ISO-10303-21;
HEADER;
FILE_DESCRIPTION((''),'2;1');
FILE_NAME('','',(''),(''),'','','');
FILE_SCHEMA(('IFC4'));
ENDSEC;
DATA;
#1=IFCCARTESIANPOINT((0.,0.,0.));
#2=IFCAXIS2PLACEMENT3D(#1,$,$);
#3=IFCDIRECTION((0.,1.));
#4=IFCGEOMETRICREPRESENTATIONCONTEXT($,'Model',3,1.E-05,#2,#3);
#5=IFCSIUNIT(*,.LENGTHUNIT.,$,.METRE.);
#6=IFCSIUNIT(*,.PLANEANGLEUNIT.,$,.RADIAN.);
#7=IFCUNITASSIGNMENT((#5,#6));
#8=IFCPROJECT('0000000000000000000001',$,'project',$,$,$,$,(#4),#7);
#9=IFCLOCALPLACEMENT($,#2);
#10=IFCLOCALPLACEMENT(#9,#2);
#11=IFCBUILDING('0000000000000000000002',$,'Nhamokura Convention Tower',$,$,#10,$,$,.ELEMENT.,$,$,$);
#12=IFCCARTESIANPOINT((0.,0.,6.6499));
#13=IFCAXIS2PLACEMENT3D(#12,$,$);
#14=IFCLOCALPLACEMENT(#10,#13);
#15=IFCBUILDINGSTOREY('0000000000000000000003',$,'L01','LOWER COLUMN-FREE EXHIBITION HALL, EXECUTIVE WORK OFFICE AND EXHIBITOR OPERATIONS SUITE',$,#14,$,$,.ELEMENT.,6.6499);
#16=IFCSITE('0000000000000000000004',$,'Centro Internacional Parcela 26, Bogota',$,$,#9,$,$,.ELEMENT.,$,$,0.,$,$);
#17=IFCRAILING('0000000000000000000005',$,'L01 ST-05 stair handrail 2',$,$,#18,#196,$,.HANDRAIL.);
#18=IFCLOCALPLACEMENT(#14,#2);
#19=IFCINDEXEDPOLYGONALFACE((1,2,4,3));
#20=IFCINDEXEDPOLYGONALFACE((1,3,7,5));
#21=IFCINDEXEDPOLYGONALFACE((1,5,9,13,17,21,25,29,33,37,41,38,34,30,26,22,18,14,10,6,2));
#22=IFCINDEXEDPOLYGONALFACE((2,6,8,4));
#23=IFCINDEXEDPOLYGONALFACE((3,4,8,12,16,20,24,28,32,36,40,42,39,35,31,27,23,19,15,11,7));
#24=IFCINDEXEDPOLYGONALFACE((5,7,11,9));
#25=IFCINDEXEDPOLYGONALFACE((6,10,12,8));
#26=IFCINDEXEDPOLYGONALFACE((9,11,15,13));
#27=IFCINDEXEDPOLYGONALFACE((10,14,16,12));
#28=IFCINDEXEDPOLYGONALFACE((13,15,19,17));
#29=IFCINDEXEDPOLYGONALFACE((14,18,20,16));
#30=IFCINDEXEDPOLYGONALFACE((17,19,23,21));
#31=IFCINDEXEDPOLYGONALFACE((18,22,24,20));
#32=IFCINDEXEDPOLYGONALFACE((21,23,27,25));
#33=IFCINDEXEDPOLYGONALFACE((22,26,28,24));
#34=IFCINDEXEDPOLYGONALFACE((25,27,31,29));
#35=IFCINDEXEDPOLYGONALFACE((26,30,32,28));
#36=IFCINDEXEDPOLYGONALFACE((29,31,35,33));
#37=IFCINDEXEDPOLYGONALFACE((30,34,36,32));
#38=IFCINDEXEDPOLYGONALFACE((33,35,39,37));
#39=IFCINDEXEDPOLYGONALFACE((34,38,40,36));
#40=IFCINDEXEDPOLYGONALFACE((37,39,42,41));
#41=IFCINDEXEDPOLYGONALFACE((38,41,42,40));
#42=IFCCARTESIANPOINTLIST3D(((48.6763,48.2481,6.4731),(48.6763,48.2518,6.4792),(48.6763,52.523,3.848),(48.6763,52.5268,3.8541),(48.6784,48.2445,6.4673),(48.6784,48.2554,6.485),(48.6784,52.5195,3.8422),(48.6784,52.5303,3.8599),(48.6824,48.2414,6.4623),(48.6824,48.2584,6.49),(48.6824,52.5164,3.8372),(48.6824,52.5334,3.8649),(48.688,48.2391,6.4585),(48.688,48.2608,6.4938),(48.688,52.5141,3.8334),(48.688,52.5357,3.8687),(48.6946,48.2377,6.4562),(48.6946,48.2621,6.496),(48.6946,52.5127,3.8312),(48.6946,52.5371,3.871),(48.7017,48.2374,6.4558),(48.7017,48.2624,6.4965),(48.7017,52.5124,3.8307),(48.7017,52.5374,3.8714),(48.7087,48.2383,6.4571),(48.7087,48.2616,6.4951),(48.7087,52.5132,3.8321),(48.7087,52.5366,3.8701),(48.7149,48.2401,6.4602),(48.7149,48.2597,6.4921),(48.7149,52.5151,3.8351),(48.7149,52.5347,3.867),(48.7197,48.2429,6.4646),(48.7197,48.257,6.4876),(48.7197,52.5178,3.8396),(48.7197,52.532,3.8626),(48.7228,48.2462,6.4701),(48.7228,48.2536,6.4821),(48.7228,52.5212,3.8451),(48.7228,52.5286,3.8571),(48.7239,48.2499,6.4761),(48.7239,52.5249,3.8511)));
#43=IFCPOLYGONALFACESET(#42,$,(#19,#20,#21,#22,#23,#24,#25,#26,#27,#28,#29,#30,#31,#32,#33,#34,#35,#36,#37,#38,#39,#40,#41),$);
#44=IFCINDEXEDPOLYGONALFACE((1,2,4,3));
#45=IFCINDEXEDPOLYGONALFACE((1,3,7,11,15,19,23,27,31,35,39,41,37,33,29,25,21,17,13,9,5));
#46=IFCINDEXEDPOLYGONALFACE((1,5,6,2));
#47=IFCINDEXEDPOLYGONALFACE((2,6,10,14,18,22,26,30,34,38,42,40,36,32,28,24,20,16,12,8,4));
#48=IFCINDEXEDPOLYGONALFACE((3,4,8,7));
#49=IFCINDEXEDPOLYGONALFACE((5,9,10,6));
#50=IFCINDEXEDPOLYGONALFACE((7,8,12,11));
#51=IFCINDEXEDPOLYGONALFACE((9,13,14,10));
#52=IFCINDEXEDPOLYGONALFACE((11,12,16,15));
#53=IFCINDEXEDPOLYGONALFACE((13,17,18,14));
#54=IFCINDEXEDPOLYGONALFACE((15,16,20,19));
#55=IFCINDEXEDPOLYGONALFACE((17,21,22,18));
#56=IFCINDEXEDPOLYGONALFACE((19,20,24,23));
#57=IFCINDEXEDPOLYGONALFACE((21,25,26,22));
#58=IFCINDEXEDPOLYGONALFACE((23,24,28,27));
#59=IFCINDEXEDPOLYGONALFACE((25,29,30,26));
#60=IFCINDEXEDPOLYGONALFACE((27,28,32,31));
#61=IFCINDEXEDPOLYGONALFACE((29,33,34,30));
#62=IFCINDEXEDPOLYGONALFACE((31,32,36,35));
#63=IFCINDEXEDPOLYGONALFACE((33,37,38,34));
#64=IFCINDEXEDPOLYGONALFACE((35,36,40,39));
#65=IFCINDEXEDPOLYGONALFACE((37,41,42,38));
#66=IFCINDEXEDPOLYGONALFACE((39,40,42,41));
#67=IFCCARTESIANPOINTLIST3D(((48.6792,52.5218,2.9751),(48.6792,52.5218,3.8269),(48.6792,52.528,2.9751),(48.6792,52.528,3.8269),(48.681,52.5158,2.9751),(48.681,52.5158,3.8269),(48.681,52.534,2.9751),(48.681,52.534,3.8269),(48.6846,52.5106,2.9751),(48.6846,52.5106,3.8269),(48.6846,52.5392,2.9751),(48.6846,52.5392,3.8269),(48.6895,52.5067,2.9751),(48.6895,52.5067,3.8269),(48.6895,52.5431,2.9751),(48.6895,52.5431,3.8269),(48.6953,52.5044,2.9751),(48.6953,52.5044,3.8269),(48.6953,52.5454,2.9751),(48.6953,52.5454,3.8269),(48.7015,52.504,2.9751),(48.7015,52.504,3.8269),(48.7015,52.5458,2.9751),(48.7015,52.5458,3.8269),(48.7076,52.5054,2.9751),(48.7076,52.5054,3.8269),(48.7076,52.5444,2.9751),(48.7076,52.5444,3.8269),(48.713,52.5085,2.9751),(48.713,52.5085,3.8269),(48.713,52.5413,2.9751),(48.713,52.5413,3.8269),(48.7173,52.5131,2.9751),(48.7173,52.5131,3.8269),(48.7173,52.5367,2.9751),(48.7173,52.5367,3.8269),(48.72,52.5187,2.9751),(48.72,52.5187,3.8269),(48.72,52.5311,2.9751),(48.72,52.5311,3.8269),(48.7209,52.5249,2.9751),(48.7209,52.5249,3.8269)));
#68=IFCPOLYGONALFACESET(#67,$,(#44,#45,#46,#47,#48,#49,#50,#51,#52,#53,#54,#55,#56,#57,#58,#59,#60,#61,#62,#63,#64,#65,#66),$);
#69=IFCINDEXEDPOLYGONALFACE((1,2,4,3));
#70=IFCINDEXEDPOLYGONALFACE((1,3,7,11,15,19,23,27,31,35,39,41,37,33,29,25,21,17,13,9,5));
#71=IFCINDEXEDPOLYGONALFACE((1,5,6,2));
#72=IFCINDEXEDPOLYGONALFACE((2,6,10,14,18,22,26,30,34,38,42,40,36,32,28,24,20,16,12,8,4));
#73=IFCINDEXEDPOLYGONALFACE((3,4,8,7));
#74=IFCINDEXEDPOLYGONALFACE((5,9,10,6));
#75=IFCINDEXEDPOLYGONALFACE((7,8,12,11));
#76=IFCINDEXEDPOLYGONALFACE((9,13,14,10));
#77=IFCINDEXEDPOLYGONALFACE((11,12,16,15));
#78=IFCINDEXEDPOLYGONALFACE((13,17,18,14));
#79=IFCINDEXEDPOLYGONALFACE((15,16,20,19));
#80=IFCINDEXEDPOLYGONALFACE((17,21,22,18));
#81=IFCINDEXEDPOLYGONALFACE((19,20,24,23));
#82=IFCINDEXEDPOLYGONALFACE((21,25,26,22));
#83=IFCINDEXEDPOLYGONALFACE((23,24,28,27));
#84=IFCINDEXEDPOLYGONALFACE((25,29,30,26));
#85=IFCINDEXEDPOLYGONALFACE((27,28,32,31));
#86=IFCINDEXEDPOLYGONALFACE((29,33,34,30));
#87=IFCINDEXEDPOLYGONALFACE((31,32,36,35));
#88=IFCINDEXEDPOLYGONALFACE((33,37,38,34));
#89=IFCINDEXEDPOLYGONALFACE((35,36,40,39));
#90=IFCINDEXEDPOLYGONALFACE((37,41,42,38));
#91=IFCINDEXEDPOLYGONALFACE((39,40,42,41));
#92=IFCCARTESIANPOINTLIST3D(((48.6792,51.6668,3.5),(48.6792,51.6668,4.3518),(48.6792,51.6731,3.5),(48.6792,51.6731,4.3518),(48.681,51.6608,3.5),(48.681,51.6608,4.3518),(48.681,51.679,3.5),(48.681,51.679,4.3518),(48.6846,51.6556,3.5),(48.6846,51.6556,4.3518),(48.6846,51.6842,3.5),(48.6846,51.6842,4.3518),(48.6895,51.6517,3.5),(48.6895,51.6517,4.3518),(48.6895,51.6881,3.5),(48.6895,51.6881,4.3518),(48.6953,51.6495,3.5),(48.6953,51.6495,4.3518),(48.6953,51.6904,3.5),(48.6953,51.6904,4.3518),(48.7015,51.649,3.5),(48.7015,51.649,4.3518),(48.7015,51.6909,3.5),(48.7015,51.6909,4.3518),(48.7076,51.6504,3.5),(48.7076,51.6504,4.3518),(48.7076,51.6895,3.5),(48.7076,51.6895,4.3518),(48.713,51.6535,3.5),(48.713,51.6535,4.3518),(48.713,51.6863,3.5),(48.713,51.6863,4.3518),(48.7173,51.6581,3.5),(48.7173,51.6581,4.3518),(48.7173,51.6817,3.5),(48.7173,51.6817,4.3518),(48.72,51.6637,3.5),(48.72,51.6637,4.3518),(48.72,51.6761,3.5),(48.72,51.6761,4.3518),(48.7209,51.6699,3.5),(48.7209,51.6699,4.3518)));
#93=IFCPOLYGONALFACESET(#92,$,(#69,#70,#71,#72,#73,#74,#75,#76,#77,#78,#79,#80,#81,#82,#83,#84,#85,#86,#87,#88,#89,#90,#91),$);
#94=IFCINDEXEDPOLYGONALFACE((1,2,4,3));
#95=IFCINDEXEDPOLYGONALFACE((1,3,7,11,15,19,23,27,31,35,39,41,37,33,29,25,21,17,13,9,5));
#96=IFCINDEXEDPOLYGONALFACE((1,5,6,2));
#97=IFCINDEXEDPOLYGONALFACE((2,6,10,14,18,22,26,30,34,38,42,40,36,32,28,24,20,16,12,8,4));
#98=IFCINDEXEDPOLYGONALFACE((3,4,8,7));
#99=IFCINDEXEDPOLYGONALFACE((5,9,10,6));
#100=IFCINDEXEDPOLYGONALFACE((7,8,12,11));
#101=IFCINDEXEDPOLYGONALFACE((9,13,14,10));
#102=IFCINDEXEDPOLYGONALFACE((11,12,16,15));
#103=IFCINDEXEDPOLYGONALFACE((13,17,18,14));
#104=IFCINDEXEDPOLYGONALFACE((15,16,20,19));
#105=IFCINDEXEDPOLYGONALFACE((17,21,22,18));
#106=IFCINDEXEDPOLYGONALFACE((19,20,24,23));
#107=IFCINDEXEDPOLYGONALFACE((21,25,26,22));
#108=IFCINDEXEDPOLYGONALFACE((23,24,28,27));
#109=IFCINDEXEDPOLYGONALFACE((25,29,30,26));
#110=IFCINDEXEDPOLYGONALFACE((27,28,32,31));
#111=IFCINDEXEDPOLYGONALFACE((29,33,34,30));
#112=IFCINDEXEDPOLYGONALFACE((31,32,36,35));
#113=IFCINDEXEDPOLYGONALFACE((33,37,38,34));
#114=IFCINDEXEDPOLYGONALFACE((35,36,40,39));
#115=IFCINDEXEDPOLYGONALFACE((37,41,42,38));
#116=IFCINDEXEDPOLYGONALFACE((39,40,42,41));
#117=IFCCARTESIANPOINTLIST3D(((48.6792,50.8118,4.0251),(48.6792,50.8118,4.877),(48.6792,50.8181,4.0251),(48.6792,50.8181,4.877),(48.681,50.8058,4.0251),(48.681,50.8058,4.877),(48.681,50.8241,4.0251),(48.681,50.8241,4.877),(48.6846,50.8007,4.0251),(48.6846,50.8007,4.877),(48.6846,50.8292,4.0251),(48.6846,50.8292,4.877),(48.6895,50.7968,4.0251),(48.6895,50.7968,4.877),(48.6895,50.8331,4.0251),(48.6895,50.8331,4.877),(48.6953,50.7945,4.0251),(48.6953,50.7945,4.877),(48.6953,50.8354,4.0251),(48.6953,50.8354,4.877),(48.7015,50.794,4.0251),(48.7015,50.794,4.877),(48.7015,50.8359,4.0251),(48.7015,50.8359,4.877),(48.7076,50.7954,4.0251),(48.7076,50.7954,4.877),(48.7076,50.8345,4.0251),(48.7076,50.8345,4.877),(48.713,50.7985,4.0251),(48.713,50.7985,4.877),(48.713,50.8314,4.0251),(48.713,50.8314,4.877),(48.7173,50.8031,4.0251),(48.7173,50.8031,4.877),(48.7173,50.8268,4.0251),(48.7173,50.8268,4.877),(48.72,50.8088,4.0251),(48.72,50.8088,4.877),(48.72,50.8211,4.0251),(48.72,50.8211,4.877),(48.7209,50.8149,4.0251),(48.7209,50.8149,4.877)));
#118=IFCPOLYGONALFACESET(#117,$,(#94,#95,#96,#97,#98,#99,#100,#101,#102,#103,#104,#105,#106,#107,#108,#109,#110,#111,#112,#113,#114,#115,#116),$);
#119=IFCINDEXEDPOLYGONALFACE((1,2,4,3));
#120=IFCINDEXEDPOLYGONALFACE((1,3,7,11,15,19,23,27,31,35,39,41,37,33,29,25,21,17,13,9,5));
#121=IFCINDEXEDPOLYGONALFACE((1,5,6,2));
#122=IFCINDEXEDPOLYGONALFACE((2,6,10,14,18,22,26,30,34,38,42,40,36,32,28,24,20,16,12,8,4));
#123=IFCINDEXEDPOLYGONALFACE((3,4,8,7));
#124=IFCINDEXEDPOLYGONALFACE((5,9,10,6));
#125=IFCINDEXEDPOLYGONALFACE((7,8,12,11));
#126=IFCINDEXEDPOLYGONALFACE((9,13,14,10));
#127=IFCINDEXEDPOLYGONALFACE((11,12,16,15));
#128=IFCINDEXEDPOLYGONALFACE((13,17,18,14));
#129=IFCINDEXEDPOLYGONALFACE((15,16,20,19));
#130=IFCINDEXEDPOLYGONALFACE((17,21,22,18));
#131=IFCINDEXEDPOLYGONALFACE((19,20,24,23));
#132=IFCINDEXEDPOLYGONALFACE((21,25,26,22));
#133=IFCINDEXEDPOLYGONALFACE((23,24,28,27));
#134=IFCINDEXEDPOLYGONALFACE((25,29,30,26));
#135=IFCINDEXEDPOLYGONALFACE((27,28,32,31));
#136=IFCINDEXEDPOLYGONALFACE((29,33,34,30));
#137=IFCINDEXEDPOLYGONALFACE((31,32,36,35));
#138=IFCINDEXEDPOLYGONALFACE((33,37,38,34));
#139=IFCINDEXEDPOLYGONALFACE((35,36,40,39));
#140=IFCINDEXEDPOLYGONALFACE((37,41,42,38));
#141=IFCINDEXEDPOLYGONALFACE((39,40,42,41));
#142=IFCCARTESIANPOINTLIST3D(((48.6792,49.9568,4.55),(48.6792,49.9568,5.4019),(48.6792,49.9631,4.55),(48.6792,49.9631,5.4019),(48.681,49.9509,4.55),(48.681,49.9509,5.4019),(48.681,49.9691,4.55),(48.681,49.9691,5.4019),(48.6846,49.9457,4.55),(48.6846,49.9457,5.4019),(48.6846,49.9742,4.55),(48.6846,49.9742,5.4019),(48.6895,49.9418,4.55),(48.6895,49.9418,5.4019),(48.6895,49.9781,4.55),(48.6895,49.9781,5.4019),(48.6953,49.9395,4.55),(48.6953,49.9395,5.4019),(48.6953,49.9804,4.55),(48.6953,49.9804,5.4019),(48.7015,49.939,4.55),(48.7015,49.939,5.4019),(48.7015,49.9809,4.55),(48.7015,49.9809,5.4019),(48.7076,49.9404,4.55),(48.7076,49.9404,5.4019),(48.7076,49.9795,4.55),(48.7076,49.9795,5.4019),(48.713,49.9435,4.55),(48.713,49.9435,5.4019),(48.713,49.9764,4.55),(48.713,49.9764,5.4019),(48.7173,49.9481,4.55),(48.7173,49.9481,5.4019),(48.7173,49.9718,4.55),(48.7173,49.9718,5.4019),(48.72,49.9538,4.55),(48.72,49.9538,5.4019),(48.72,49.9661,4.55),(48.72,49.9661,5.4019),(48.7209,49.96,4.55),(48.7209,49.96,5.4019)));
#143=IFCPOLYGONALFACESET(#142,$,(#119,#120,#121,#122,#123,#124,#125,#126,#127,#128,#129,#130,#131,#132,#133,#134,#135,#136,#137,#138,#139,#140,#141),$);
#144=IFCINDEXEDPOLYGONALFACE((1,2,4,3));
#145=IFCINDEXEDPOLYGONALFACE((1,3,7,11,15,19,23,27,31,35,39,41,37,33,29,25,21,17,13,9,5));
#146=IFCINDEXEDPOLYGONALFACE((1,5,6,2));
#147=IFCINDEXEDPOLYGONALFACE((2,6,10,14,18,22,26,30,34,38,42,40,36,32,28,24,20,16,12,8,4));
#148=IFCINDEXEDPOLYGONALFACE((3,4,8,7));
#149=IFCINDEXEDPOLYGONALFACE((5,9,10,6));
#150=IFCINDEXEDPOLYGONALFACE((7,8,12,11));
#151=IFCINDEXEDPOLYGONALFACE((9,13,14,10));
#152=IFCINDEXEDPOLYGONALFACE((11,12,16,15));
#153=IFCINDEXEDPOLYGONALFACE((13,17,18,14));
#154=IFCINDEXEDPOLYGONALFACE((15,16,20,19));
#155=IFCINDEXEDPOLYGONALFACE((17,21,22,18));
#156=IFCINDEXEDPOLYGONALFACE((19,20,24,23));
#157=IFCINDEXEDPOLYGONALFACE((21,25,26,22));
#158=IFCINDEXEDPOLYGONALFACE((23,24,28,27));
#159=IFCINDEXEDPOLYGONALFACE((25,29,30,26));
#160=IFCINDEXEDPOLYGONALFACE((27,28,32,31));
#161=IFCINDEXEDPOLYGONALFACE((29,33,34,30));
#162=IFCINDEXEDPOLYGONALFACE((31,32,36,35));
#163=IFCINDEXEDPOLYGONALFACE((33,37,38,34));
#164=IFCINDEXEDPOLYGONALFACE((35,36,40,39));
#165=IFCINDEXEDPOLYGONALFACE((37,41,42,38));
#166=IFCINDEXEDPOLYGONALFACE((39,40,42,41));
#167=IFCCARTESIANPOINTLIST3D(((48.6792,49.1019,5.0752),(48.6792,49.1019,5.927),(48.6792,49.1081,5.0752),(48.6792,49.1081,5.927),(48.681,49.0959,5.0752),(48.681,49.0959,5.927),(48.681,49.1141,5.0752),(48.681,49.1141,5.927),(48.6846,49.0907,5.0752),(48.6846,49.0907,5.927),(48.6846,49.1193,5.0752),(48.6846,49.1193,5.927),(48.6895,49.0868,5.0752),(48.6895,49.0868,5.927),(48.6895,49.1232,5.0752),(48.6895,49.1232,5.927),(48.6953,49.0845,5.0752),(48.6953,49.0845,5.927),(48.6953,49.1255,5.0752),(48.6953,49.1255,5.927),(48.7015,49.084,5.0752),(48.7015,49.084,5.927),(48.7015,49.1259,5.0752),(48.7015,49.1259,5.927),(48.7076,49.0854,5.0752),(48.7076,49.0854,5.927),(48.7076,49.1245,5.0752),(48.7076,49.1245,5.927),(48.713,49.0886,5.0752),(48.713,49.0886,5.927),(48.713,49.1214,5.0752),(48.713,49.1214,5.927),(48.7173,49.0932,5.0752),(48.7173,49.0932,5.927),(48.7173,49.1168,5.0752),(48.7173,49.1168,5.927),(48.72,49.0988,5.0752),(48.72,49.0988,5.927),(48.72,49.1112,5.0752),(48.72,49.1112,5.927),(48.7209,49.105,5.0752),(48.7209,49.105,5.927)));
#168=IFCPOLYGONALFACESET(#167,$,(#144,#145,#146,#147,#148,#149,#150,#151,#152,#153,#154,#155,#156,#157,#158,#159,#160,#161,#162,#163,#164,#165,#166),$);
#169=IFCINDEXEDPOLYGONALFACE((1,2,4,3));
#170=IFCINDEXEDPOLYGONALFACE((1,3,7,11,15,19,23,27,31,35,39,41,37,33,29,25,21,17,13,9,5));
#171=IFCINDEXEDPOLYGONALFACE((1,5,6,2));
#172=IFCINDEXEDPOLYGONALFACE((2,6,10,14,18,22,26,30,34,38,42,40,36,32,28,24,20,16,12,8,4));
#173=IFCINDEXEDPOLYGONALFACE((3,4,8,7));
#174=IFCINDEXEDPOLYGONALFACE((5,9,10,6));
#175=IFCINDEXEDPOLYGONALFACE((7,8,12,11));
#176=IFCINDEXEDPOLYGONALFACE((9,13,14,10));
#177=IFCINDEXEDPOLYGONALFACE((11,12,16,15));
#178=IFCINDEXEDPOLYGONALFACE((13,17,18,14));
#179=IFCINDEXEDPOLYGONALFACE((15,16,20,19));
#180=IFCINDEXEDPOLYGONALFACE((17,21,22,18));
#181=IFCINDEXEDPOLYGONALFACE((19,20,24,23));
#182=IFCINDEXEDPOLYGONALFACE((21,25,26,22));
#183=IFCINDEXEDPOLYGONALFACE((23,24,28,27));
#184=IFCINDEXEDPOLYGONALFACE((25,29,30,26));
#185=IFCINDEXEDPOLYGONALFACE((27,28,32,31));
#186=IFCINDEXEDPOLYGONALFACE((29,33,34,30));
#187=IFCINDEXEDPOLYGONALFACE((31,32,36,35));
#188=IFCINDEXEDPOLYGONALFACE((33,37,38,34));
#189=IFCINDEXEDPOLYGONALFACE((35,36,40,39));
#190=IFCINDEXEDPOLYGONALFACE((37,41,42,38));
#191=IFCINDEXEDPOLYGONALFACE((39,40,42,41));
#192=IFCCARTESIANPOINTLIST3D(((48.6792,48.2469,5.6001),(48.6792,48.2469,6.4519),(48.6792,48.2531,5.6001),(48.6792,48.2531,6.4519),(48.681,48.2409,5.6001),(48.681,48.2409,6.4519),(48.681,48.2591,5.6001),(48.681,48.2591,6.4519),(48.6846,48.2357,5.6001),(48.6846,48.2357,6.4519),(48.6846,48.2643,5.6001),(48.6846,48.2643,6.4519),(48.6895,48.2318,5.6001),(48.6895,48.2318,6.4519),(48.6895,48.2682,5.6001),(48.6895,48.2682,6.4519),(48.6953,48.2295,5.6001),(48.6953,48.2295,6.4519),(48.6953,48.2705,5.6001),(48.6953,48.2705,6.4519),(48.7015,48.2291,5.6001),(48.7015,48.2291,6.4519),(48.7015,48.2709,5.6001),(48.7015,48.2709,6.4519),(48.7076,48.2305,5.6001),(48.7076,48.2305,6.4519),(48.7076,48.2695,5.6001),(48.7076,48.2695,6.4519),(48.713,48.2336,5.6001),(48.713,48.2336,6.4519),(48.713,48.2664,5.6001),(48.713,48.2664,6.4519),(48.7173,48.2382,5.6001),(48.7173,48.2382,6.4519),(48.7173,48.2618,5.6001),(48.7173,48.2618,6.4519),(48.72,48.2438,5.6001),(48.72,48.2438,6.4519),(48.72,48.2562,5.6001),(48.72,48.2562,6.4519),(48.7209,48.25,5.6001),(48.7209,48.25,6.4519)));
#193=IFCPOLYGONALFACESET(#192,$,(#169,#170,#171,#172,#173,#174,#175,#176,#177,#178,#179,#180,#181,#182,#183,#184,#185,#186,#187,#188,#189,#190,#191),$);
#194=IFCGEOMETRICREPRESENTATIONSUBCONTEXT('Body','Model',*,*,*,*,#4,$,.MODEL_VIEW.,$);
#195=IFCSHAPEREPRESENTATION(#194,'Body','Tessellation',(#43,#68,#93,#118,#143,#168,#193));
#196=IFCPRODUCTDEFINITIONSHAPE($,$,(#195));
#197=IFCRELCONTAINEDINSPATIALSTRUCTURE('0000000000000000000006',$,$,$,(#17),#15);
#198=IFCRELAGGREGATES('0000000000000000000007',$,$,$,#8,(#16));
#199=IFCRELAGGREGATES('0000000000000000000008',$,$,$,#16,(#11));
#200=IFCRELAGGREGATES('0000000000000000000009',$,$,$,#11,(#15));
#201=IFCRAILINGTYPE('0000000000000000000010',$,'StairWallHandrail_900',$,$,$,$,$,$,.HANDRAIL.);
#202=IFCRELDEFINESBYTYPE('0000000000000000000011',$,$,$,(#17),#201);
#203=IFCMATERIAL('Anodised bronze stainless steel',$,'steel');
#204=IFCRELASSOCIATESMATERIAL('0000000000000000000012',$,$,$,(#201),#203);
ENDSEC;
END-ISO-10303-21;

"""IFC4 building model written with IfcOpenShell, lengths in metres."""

from ifc_helpers import new_model, si_unit, direction, frame, origin, origin_2d, place, context, subcontext, project, spatial, circle, extrude, material, type_object, element, save


model = new_model("IFC4")

# Units and contexts
model_context = context("Model", 3, precision=1e-05, world=origin(), true_north=direction((0.0, 1.0)))
body_context = subcontext(model_context, "Body", "Model", "MODEL_VIEW")
ifc_project = project(units=[si_unit("LENGTHUNIT", "METRE"), si_unit("PLANEANGLEUNIT", "RADIAN")], contexts=[model_context])

# Site, building, storey
site_placement = place(None, origin())
site = spatial("IfcSite", under=ifc_project, at=site_placement, Name="Centro Internacional Parcela 26, Bogota", CompositionType="ELEMENT", RefElevation=0.0)
building_placement = place(site_placement, origin())
building = spatial("IfcBuilding", under=site, at=building_placement, Name="Nhamokura Convention Tower", CompositionType="ELEMENT")
storey_placement = place(building_placement, frame((0.0, 0.0, 6.6499)))
storey = spatial("IfcBuildingStorey", under=building, at=storey_placement, Name="L01", Description="LOWER COLUMN-FREE EXHIBITION HALL, EXECUTIVE WORK OFFICE AND EXHIBITOR OPERATIONS SUITE", CompositionType="ELEMENT", Elevation=6.6499)

# Railing
ifc_material_1 = material(Name="Anodised bronze stainless steel", Category="steel")
railing_type_1 = type_object("IfcRailingType", Name="StairWallHandrail_900", PredefinedType="HANDRAIL", material=ifc_material_1)
railing_1_placement = place(storey_placement, frame((48.7, 52.5249, 2.9751)))
element("IfcRailing", 1, at=railing_1_placement, inside=storey, type_object=railing_type_1, Name="L01 ST-05 stair handrail 2", PredefinedType="HANDRAIL", context=body_context, shape_type="SweptSolid", body=[
    extrude(circle(Radius=0.0239, at=origin_2d()), frame((0.0, 0.0, 0.876), z_axis=(0.0, -0.852166, 0.523272), x_axis=(1.0, 0.0, 0.0)), (0.0, 0.0, 1.0), 5.0166),
    extrude(circle(Radius=0.021, at=origin_2d()), origin(), (0.0, 0.0, 1.0), 0.8518),
    extrude(circle(Radius=0.021, at=origin_2d()), frame((0.0, -0.855, 0.5249)), (0.0, 0.0, 1.0), 0.8518),
    extrude(circle(Radius=0.021, at=origin_2d()), frame((0.0, -1.71, 1.05)), (0.0, 0.0, 1.0), 0.8518),
    extrude(circle(Radius=0.021, at=origin_2d()), frame((0.0, -2.5649, 1.575)), (0.0, 0.0, 1.0), 0.8518),
    extrude(circle(Radius=0.021, at=origin_2d()), frame((0.0, -3.4199, 2.1001)), (0.0, 0.0, 1.0), 0.8518),
    extrude(circle(Radius=0.021, at=origin_2d()), frame((0.0, -4.2749, 2.625)), (0.0, 0.0, 1.0), 0.8518),
])

save(model, "model.ifc")
